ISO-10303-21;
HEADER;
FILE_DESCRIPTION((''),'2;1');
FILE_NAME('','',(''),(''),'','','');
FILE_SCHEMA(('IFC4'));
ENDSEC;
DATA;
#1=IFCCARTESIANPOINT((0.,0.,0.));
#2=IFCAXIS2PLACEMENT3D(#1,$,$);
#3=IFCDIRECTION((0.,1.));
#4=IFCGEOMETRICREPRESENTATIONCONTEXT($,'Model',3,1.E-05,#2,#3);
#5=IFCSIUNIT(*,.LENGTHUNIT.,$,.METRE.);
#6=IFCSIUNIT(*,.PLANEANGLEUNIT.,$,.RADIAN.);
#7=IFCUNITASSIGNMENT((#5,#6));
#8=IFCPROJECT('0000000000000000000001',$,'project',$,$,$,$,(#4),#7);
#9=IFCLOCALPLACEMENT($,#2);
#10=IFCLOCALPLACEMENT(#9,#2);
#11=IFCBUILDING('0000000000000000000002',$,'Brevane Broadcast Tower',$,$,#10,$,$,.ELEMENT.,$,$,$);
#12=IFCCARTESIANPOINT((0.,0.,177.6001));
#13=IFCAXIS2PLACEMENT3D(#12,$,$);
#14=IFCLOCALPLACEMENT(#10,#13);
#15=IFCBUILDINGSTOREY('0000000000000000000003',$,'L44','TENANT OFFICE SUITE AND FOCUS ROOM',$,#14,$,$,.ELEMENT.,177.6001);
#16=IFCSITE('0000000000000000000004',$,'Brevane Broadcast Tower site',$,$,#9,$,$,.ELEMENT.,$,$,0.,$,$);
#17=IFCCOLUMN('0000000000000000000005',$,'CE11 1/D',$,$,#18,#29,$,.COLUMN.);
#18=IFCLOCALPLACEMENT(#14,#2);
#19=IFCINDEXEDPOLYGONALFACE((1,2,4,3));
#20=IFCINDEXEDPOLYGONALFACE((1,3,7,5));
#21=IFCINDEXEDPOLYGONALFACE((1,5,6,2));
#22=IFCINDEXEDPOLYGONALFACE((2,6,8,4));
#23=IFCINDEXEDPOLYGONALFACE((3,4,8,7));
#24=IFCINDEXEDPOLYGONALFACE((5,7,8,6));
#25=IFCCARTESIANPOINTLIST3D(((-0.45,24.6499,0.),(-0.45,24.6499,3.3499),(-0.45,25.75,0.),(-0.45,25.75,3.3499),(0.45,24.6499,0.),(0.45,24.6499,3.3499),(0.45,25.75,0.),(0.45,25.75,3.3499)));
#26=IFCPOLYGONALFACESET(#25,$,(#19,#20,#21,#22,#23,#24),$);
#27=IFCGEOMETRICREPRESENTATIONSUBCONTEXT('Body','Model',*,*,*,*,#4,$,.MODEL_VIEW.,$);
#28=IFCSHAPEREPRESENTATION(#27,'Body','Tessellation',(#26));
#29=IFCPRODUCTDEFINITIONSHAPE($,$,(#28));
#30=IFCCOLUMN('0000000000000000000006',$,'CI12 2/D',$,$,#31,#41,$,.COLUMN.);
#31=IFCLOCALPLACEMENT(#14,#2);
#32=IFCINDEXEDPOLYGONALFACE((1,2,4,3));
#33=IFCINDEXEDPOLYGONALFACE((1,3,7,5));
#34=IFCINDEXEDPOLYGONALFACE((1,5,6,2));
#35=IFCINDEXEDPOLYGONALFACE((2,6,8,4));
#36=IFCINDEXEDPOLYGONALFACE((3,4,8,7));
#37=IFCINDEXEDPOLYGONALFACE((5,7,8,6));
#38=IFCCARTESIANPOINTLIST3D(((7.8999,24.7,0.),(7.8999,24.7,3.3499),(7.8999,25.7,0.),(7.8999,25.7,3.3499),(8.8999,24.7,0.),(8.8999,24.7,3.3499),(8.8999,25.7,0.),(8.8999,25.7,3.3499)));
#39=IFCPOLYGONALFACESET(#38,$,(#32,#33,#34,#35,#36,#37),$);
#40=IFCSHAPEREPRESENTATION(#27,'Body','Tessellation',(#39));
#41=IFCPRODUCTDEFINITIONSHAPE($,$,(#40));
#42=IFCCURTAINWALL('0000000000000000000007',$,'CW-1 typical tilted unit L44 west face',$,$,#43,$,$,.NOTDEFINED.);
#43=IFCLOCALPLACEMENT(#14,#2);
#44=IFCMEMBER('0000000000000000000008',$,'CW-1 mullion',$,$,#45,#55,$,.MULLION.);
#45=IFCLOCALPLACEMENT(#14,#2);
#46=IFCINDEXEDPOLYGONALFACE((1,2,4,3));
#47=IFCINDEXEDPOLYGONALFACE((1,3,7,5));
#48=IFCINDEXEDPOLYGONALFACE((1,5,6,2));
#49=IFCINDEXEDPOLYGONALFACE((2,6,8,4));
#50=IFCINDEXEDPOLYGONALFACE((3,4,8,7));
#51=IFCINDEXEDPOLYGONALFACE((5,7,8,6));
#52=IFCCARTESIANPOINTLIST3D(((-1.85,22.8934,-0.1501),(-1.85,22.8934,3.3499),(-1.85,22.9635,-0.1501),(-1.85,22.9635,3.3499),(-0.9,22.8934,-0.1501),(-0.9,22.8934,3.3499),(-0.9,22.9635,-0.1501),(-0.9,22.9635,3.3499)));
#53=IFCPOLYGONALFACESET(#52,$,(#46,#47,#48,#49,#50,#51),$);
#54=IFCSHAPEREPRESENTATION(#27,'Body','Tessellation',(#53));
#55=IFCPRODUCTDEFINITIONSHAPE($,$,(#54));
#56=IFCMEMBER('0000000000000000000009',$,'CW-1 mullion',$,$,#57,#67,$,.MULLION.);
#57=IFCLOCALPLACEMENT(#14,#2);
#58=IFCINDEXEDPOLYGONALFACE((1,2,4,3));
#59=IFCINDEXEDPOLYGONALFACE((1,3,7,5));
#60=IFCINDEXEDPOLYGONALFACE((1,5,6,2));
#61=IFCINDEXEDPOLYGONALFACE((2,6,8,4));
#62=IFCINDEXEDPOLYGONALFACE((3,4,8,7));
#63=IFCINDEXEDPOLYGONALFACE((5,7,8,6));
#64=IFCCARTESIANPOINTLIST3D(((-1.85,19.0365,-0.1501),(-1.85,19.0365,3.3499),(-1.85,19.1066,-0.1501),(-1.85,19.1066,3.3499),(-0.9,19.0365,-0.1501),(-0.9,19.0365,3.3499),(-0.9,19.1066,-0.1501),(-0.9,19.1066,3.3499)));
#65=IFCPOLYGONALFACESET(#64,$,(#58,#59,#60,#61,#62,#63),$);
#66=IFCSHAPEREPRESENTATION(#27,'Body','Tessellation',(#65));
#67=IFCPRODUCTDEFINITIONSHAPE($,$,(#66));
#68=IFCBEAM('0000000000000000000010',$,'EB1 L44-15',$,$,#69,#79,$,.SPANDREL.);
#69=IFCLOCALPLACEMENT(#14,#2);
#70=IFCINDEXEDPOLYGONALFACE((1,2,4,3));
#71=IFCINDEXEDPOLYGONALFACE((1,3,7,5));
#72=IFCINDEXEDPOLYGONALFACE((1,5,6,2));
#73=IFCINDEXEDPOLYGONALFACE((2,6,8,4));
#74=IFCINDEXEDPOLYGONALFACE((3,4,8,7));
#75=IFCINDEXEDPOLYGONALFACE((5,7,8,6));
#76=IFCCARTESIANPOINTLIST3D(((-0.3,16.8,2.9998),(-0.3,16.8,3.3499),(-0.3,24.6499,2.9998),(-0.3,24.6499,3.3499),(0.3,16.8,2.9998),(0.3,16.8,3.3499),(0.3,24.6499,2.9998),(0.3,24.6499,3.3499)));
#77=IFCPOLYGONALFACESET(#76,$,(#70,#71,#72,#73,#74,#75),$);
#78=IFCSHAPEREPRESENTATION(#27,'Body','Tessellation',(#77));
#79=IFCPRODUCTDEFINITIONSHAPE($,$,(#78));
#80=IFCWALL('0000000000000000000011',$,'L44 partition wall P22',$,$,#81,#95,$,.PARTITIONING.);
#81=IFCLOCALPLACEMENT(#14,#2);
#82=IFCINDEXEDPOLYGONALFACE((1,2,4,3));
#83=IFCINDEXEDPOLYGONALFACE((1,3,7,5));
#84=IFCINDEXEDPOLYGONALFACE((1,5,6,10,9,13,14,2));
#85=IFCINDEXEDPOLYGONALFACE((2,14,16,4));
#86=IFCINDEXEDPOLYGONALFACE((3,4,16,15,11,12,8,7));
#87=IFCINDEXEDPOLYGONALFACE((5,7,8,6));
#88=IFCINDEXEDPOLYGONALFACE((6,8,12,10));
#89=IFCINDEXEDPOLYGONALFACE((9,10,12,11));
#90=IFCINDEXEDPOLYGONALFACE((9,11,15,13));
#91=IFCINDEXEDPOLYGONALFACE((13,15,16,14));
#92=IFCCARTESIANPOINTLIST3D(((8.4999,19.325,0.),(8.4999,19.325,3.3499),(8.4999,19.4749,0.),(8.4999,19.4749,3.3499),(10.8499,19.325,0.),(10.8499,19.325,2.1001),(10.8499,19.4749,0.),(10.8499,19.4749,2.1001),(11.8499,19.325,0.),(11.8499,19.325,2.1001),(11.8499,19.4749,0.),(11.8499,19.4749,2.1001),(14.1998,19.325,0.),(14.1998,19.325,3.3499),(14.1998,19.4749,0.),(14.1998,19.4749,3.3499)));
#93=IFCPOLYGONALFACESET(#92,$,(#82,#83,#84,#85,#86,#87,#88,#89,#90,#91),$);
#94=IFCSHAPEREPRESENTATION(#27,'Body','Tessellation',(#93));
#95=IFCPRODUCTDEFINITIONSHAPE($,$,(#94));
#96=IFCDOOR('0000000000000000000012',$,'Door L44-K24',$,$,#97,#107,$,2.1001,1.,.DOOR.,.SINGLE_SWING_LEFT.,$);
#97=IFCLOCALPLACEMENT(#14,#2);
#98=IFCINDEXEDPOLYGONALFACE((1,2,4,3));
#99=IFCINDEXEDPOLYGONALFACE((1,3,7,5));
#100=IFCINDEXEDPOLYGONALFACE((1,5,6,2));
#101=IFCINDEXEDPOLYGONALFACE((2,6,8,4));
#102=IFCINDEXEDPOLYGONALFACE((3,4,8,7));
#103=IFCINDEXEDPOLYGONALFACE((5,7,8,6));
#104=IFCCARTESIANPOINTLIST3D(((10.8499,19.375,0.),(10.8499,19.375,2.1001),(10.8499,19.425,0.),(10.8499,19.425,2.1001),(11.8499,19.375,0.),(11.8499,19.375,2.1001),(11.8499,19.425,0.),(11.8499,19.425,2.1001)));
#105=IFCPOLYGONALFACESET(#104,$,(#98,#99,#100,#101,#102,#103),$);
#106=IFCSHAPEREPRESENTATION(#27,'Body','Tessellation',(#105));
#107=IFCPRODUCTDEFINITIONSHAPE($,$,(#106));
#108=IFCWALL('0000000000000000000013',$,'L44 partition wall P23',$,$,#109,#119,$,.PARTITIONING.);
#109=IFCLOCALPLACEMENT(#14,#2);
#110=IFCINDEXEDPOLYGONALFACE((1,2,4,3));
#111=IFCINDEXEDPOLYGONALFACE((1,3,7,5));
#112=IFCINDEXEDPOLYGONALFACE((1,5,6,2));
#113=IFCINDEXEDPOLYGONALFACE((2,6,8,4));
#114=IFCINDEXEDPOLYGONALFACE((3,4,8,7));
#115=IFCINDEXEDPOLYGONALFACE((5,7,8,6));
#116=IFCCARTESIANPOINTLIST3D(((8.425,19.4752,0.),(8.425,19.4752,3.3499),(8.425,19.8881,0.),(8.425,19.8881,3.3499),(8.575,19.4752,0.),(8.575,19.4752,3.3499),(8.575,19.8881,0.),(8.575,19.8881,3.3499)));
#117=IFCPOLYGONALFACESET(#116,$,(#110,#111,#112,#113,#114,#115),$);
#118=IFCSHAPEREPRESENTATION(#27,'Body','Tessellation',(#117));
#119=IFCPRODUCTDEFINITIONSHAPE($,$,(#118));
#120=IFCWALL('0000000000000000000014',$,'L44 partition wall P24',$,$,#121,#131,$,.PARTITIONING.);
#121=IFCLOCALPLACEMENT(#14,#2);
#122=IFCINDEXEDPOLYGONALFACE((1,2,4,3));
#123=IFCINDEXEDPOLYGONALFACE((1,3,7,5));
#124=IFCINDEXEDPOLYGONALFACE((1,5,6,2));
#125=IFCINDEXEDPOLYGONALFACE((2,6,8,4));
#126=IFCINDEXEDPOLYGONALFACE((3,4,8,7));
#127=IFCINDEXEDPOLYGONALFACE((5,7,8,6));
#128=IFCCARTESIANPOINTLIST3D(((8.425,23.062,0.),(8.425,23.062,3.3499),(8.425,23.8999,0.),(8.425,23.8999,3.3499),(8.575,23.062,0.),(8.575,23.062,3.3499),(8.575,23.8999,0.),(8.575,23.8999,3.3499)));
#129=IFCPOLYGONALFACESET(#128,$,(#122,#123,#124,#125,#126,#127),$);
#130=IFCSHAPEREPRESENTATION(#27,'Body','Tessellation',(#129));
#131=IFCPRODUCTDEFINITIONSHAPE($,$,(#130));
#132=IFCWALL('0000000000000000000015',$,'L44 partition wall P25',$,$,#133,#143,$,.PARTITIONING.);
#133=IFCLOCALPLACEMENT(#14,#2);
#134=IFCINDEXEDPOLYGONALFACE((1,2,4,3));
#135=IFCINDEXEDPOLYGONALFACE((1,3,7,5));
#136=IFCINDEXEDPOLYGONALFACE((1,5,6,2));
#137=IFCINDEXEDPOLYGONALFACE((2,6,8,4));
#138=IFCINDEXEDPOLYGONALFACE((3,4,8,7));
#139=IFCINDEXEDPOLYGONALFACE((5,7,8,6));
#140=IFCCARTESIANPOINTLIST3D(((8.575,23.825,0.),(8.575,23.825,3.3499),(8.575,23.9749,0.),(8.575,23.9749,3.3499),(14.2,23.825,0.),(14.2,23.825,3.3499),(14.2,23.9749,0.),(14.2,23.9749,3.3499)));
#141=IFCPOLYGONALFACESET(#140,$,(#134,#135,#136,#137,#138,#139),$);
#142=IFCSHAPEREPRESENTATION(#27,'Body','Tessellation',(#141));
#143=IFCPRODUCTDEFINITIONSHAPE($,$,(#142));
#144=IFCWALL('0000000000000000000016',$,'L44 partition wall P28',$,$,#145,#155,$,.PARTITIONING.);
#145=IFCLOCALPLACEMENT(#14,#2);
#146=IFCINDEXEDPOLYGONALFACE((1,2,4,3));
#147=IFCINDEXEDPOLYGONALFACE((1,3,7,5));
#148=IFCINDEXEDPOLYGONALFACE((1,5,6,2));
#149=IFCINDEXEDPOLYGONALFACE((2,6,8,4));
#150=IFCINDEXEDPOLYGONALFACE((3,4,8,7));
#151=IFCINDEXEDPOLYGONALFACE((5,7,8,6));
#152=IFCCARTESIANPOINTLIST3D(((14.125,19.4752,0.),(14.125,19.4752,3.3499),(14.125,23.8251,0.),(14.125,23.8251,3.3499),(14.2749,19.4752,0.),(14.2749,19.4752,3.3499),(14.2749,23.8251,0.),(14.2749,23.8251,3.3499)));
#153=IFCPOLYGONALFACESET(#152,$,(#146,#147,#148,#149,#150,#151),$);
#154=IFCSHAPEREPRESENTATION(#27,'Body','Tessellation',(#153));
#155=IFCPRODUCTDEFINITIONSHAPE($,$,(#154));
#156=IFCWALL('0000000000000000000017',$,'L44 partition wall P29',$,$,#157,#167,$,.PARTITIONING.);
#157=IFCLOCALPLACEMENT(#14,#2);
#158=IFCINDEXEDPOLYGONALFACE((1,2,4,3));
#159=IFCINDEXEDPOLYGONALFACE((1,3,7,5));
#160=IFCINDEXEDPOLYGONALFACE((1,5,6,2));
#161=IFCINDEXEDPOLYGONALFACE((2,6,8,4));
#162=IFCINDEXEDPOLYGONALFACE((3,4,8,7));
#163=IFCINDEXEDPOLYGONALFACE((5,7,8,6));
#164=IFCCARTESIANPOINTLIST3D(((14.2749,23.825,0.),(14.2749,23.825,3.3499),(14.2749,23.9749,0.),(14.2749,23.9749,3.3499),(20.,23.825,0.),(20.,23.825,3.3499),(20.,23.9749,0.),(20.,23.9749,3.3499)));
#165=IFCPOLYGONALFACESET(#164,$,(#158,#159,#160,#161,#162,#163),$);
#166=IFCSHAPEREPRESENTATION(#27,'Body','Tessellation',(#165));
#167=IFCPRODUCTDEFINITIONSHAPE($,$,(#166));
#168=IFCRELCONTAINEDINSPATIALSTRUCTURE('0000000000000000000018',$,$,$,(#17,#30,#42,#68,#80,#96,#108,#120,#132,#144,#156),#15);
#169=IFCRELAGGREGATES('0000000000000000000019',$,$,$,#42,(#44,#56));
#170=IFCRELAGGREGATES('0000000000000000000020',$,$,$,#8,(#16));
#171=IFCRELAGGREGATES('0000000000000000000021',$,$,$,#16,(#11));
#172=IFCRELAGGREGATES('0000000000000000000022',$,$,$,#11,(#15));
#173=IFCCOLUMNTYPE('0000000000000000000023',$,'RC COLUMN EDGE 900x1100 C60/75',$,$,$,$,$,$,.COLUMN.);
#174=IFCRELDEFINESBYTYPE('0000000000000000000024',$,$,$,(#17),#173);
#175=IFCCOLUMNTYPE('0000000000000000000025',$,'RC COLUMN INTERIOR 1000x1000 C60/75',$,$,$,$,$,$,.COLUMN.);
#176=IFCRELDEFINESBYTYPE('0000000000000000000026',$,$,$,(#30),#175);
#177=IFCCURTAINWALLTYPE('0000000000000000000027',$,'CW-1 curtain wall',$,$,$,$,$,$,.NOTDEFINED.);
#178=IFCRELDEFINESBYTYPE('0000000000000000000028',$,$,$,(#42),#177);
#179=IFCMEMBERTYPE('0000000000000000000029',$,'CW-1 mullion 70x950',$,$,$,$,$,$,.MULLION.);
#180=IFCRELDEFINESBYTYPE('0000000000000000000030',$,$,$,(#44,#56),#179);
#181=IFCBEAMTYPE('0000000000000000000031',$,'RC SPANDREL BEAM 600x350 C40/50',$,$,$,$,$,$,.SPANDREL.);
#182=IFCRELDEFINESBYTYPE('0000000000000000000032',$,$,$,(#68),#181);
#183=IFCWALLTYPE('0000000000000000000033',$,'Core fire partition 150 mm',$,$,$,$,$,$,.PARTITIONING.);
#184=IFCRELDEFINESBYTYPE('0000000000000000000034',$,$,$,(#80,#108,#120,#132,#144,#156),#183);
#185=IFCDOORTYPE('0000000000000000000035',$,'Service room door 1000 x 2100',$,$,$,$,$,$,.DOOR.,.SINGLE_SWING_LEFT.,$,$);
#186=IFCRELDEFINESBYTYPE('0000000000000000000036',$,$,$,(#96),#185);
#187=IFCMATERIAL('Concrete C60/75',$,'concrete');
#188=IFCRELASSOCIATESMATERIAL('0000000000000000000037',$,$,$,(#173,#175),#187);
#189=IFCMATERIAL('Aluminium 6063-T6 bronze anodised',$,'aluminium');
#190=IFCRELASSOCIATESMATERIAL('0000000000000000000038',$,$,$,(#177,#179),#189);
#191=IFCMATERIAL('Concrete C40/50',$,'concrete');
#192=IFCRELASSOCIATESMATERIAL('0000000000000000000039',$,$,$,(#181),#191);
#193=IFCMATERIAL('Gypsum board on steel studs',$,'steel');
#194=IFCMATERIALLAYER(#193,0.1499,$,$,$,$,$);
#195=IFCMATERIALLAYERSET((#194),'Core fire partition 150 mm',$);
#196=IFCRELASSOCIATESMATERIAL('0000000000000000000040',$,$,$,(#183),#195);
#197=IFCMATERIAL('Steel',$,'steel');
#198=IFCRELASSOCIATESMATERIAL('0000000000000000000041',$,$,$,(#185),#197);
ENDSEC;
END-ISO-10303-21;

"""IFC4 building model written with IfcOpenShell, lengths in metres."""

from ifc_helpers import new_model, si_unit, direction, frame, frame_2d, origin, origin_2d, place, context, subcontext, project, spatial, rectangle, extrude, material, layer, layer_set, material_profile, profile_set, type_object, element, fill, aggregate, save


model = new_model("IFC4")

# Units and contexts
model_context = context("Model", 3, precision=1e-05, world=origin(), true_north=direction((0.0, 1.0)))
body_context = subcontext(model_context, "Body", "Model", "MODEL_VIEW")
ifc_project = project(units=[si_unit("LENGTHUNIT", "METRE"), si_unit("PLANEANGLEUNIT", "RADIAN")], contexts=[model_context])

# Site, building, storey
site_placement = place(None, origin())
site = spatial("IfcSite", under=ifc_project, at=site_placement, Name="Brevane Broadcast Tower site", CompositionType="ELEMENT", RefElevation=0.0)
building_placement = place(site_placement, origin())
building = spatial("IfcBuilding", under=site, at=building_placement, Name="Brevane Broadcast Tower", CompositionType="ELEMENT")
storey_placement = place(building_placement, frame((0.0, 0.0, 177.6001)))
storey = spatial("IfcBuildingStorey", under=building, at=storey_placement, Name="L44", Description="TENANT OFFICE SUITE AND FOCUS ROOM", CompositionType="ELEMENT", Elevation=177.6001)

# Columns
ifc_material_1 = material(Name="Concrete C60/75", Category="concrete")
ifc_material_profile_1 = material_profile(ifc_material_1, rectangle(XDim=0.8999, YDim=1.1001, at=origin_2d()), Name="RC 900x1100")
ifc_profile_set_1 = profile_set([ifc_material_profile_1], Name="Concrete C60/75")
column_type_1 = type_object("IfcColumnType", Name="RC COLUMN EDGE 900x1100 C60/75", PredefinedType="COLUMN", material=ifc_profile_set_1)
column_1_placement = place(storey_placement, frame((0.0, 25.2, 0.0), z_axis=(0.0, 0.0, 1.0), x_axis=(1.0, 0.0, 0.0)))
element("IfcColumn", 1, at=column_1_placement, inside=storey, type_object=column_type_1, Name="CE11 1/D", PredefinedType="COLUMN", context=body_context, shape_type="SweptSolid", body=[
    extrude(rectangle(XDim=0.8999, YDim=1.1001, at=origin_2d()), origin(), (0.0, 0.0, 1.0), 3.3499),
])
ifc_material_profile_2 = material_profile(ifc_material_1, rectangle(XDim=1.0, YDim=1.0, at=origin_2d()), Name="RC 1000x1000")
ifc_profile_set_2 = profile_set([ifc_material_profile_2], Name="Concrete C60/75")
column_type_2 = type_object("IfcColumnType", Name="RC COLUMN INTERIOR 1000x1000 C60/75", PredefinedType="COLUMN", material=ifc_profile_set_2)
column_2_placement = place(storey_placement, frame((8.3999, 25.2, 0.0), z_axis=(0.0, 0.0, 1.0), x_axis=(1.0, 0.0, 0.0)))
element("IfcColumn", 2, at=column_2_placement, inside=storey, type_object=column_type_2, Name="CI12 2/D", PredefinedType="COLUMN", context=body_context, shape_type="SweptSolid", body=[
    extrude(rectangle(XDim=1.0, YDim=1.0, at=origin_2d()), origin(), (0.0, 0.0, 1.0), 3.3499),
])

# Curtain wall, members
ifc_material_2 = material(Name="Aluminium 6063-T6 bronze anodised", Category="aluminium")
curtain_wall_type = type_object("IfcCurtainWallType", Name="CW-1 curtain wall", PredefinedType="NOTDEFINED", material=ifc_material_2)
curtain_wall_placement = place(storey_placement, origin())
curtain_wall = element("IfcCurtainWall", 3, at=curtain_wall_placement, inside=storey, type_object=curtain_wall_type, Name="CW-1 typical tilted unit L44 west face", PredefinedType="NOTDEFINED")
ifc_material_profile_3 = material_profile(ifc_material_2, rectangle(XDim=0.95, YDim=0.0701, at=origin_2d()), Name="RECT 70x950")
ifc_profile_set_3 = profile_set([ifc_material_profile_3], Name="Aluminium 6063-T6 bronze anodised")
member_type = type_object("IfcMemberType", Name="CW-1 mullion 70x950", PredefinedType="MULLION", material=ifc_profile_set_3)
member_1_placement = place(storey_placement, frame((-1.375, 22.9285, -0.1501), z_axis=(0.0, 0.0, 1.0), x_axis=(1.0, 0.0, 0.0)))
member_1 = element("IfcMember", 4, at=member_1_placement, type_object=member_type, Name="CW-1 mullion", PredefinedType="MULLION", context=body_context, shape_type="SweptSolid", body=[
    extrude(rectangle(XDim=0.95, YDim=0.0701, at=origin_2d()), origin(), (0.0, 0.0, 1.0), 3.5),
])
member_2_placement = place(storey_placement, frame((-1.375, 19.0715, -0.1501), z_axis=(0.0, 0.0, 1.0), x_axis=(1.0, 0.0, 0.0)))
member_2 = element("IfcMember", 5, at=member_2_placement, type_object=member_type, Name="CW-1 mullion", PredefinedType="MULLION", context=body_context, shape_type="SweptSolid", body=[
    extrude(rectangle(XDim=0.95, YDim=0.0701, at=origin_2d()), origin(), (0.0, 0.0, 1.0), 3.5),
])
aggregate(curtain_wall, [member_1, member_2])

# Beam
ifc_material_3 = material(Name="Concrete C40/50", Category="concrete")
ifc_material_profile_4 = material_profile(ifc_material_3, rectangle(XDim=0.6001, YDim=0.3501, at=origin_2d()), Name="RC 600x350")
ifc_profile_set_4 = profile_set([ifc_material_profile_4], Name="Concrete C40/50")
beam_type = type_object("IfcBeamType", Name="RC SPANDREL BEAM 600x350 C40/50", PredefinedType="SPANDREL", material=ifc_profile_set_4)
beam_placement = place(storey_placement, frame((0.0, 24.6499, 3.1748), z_axis=(0.0, -1.0, 0.0), x_axis=(1.0, 0.0, 0.0)))
element("IfcBeam", 6, at=beam_placement, inside=storey, type_object=beam_type, Name="EB1 L44-15", PredefinedType="SPANDREL", context=body_context, shape_type="SweptSolid", body=[
    extrude(rectangle(XDim=0.6001, YDim=0.3501, at=origin_2d()), origin(), (0.0, 0.0, 1.0), 7.8499),
])

# Wall, opening, door
ifc_material_4 = material(Name="Gypsum board on steel studs", Category="steel")
ifc_layer_1 = layer(ifc_material_4, 0.1499)
ifc_layer_set_1 = layer_set([ifc_layer_1], Name="Core fire partition 150 mm")
wall_type_1 = type_object("IfcWallType", Name="Core fire partition 150 mm", PredefinedType="PARTITIONING", material=ifc_layer_set_1)
wall_1_placement = place(storey_placement, frame((14.2, 19.3999, 0.0), z_axis=(0.0, 0.0, 1.0), x_axis=(-1.0, 0.0, 0.0)))
wall_1 = element("IfcWall", 7, at=wall_1_placement, inside=storey, type_object=wall_type_1, Name="L44 partition wall P22", PredefinedType="PARTITIONING", context=body_context, shape_type="SweptSolid", body=[
    extrude(rectangle(XDim=5.7, YDim=0.1499, at=frame_2d((2.8501, 0.0))), origin(), (0.0, 0.0, 1.0), 3.3499),
])
opening_1_placement = place(wall_1_placement, frame((2.3501, 0.0, 0.0)))
opening_1 = element("IfcOpeningElement", 8, at=opening_1_placement, cuts=wall_1, PredefinedType="OPENING", context=body_context, shape_type="SweptSolid", body=[
    extrude(rectangle(XDim=1.0, YDim=2.1001, at=frame_2d((0.5, 1.05))), frame((0.0, 0.085, 0.0), z_axis=(0.0, -1.0, 0.0), x_axis=(1.0, 0.0, 0.0)), (0.0, 0.0, 1.0), 0.1699),
])
ifc_material_5 = material(Name="Steel", Category="steel")
door_type_1 = type_object("IfcDoorType", Name="Service room door 1000 x 2100", OperationType="SINGLE_SWING_LEFT", PredefinedType="DOOR", material=ifc_material_5)
door_1_placement = place(opening_1_placement, origin())
door_1 = element("IfcDoor", 9, at=door_1_placement, inside=storey, type_object=door_type_1, Name="Door L44-K24", OperationType="SINGLE_SWING_LEFT", OverallHeight=2.1001, OverallWidth=1.0, PredefinedType="DOOR", context=body_context, shape_type="SweptSolid", body=[
    extrude(rectangle(XDim=1.0, YDim=2.1001, at=frame_2d((0.5, 1.05))), frame((0.0, 0.0249, 0.0), z_axis=(0.0, -1.0, 0.0), x_axis=(1.0, 0.0, 0.0)), (0.0, 0.0, 1.0), 0.05),
])
fill(opening_1, door_1)

# Walls
wall_2_placement = place(storey_placement, frame((8.5, 19.4751, 0.0), z_axis=(0.0, 0.0, 1.0), x_axis=(0.0, 1.0, 0.0)))
element("IfcWall", 10, at=wall_2_placement, inside=storey, type_object=wall_type_1, Name="L44 partition wall P23", PredefinedType="PARTITIONING", context=body_context, shape_type="SweptSolid", body=[
    extrude(rectangle(XDim=0.4128, YDim=0.1499, at=frame_2d((0.2065, 0.0))), origin(), (0.0, 0.0, 1.0), 3.3499),
])
wall_3_placement = place(storey_placement, frame((8.5, 23.062, 0.0), z_axis=(0.0, 0.0, 1.0), x_axis=(0.0, 1.0, 0.0)))
element("IfcWall", 11, at=wall_3_placement, inside=storey, type_object=wall_type_1, Name="L44 partition wall P24", PredefinedType="PARTITIONING", context=body_context, shape_type="SweptSolid", body=[
    extrude(rectangle(XDim=0.8379, YDim=0.1499, at=frame_2d((0.4189, 0.0))), origin(), (0.0, 0.0, 1.0), 3.3499),
])
wall_4_placement = place(storey_placement, frame((8.575, 23.8999, 0.0), z_axis=(0.0, 0.0, 1.0), x_axis=(1.0, 0.0, 0.0)))
element("IfcWall", 12, at=wall_4_placement, inside=storey, type_object=wall_type_1, Name="L44 partition wall P25", PredefinedType="PARTITIONING", context=body_context, shape_type="SweptSolid", body=[
    extrude(rectangle(XDim=5.625, YDim=0.1499, at=frame_2d((2.8125, 0.0))), origin(), (0.0, 0.0, 1.0), 3.3499),
])
wall_5_placement = place(storey_placement, frame((14.2, 23.825, 0.0), z_axis=(0.0, 0.0, 1.0), x_axis=(0.0, -1.0, 0.0)))
element("IfcWall", 13, at=wall_5_placement, inside=storey, type_object=wall_type_1, Name="L44 partition wall P28", PredefinedType="PARTITIONING", context=body_context, shape_type="SweptSolid", body=[
    extrude(rectangle(XDim=4.3499, YDim=0.1499, at=frame_2d((2.1748, 0.0))), origin(), (0.0, 0.0, 1.0), 3.3499),
])
wall_6_placement = place(storey_placement, frame((14.2749, 23.8999, 0.0), z_axis=(0.0, 0.0, 1.0), x_axis=(1.0, 0.0, 0.0)))
element("IfcWall", 14, at=wall_6_placement, inside=storey, type_object=wall_type_1, Name="L44 partition wall P29", PredefinedType="PARTITIONING", context=body_context, shape_type="SweptSolid", body=[
    extrude(rectangle(XDim=5.7251, YDim=0.1499, at=frame_2d((2.8625, 0.0))), origin(), (0.0, 0.0, 1.0), 3.3499),
])

save(model, "model.ifc")
